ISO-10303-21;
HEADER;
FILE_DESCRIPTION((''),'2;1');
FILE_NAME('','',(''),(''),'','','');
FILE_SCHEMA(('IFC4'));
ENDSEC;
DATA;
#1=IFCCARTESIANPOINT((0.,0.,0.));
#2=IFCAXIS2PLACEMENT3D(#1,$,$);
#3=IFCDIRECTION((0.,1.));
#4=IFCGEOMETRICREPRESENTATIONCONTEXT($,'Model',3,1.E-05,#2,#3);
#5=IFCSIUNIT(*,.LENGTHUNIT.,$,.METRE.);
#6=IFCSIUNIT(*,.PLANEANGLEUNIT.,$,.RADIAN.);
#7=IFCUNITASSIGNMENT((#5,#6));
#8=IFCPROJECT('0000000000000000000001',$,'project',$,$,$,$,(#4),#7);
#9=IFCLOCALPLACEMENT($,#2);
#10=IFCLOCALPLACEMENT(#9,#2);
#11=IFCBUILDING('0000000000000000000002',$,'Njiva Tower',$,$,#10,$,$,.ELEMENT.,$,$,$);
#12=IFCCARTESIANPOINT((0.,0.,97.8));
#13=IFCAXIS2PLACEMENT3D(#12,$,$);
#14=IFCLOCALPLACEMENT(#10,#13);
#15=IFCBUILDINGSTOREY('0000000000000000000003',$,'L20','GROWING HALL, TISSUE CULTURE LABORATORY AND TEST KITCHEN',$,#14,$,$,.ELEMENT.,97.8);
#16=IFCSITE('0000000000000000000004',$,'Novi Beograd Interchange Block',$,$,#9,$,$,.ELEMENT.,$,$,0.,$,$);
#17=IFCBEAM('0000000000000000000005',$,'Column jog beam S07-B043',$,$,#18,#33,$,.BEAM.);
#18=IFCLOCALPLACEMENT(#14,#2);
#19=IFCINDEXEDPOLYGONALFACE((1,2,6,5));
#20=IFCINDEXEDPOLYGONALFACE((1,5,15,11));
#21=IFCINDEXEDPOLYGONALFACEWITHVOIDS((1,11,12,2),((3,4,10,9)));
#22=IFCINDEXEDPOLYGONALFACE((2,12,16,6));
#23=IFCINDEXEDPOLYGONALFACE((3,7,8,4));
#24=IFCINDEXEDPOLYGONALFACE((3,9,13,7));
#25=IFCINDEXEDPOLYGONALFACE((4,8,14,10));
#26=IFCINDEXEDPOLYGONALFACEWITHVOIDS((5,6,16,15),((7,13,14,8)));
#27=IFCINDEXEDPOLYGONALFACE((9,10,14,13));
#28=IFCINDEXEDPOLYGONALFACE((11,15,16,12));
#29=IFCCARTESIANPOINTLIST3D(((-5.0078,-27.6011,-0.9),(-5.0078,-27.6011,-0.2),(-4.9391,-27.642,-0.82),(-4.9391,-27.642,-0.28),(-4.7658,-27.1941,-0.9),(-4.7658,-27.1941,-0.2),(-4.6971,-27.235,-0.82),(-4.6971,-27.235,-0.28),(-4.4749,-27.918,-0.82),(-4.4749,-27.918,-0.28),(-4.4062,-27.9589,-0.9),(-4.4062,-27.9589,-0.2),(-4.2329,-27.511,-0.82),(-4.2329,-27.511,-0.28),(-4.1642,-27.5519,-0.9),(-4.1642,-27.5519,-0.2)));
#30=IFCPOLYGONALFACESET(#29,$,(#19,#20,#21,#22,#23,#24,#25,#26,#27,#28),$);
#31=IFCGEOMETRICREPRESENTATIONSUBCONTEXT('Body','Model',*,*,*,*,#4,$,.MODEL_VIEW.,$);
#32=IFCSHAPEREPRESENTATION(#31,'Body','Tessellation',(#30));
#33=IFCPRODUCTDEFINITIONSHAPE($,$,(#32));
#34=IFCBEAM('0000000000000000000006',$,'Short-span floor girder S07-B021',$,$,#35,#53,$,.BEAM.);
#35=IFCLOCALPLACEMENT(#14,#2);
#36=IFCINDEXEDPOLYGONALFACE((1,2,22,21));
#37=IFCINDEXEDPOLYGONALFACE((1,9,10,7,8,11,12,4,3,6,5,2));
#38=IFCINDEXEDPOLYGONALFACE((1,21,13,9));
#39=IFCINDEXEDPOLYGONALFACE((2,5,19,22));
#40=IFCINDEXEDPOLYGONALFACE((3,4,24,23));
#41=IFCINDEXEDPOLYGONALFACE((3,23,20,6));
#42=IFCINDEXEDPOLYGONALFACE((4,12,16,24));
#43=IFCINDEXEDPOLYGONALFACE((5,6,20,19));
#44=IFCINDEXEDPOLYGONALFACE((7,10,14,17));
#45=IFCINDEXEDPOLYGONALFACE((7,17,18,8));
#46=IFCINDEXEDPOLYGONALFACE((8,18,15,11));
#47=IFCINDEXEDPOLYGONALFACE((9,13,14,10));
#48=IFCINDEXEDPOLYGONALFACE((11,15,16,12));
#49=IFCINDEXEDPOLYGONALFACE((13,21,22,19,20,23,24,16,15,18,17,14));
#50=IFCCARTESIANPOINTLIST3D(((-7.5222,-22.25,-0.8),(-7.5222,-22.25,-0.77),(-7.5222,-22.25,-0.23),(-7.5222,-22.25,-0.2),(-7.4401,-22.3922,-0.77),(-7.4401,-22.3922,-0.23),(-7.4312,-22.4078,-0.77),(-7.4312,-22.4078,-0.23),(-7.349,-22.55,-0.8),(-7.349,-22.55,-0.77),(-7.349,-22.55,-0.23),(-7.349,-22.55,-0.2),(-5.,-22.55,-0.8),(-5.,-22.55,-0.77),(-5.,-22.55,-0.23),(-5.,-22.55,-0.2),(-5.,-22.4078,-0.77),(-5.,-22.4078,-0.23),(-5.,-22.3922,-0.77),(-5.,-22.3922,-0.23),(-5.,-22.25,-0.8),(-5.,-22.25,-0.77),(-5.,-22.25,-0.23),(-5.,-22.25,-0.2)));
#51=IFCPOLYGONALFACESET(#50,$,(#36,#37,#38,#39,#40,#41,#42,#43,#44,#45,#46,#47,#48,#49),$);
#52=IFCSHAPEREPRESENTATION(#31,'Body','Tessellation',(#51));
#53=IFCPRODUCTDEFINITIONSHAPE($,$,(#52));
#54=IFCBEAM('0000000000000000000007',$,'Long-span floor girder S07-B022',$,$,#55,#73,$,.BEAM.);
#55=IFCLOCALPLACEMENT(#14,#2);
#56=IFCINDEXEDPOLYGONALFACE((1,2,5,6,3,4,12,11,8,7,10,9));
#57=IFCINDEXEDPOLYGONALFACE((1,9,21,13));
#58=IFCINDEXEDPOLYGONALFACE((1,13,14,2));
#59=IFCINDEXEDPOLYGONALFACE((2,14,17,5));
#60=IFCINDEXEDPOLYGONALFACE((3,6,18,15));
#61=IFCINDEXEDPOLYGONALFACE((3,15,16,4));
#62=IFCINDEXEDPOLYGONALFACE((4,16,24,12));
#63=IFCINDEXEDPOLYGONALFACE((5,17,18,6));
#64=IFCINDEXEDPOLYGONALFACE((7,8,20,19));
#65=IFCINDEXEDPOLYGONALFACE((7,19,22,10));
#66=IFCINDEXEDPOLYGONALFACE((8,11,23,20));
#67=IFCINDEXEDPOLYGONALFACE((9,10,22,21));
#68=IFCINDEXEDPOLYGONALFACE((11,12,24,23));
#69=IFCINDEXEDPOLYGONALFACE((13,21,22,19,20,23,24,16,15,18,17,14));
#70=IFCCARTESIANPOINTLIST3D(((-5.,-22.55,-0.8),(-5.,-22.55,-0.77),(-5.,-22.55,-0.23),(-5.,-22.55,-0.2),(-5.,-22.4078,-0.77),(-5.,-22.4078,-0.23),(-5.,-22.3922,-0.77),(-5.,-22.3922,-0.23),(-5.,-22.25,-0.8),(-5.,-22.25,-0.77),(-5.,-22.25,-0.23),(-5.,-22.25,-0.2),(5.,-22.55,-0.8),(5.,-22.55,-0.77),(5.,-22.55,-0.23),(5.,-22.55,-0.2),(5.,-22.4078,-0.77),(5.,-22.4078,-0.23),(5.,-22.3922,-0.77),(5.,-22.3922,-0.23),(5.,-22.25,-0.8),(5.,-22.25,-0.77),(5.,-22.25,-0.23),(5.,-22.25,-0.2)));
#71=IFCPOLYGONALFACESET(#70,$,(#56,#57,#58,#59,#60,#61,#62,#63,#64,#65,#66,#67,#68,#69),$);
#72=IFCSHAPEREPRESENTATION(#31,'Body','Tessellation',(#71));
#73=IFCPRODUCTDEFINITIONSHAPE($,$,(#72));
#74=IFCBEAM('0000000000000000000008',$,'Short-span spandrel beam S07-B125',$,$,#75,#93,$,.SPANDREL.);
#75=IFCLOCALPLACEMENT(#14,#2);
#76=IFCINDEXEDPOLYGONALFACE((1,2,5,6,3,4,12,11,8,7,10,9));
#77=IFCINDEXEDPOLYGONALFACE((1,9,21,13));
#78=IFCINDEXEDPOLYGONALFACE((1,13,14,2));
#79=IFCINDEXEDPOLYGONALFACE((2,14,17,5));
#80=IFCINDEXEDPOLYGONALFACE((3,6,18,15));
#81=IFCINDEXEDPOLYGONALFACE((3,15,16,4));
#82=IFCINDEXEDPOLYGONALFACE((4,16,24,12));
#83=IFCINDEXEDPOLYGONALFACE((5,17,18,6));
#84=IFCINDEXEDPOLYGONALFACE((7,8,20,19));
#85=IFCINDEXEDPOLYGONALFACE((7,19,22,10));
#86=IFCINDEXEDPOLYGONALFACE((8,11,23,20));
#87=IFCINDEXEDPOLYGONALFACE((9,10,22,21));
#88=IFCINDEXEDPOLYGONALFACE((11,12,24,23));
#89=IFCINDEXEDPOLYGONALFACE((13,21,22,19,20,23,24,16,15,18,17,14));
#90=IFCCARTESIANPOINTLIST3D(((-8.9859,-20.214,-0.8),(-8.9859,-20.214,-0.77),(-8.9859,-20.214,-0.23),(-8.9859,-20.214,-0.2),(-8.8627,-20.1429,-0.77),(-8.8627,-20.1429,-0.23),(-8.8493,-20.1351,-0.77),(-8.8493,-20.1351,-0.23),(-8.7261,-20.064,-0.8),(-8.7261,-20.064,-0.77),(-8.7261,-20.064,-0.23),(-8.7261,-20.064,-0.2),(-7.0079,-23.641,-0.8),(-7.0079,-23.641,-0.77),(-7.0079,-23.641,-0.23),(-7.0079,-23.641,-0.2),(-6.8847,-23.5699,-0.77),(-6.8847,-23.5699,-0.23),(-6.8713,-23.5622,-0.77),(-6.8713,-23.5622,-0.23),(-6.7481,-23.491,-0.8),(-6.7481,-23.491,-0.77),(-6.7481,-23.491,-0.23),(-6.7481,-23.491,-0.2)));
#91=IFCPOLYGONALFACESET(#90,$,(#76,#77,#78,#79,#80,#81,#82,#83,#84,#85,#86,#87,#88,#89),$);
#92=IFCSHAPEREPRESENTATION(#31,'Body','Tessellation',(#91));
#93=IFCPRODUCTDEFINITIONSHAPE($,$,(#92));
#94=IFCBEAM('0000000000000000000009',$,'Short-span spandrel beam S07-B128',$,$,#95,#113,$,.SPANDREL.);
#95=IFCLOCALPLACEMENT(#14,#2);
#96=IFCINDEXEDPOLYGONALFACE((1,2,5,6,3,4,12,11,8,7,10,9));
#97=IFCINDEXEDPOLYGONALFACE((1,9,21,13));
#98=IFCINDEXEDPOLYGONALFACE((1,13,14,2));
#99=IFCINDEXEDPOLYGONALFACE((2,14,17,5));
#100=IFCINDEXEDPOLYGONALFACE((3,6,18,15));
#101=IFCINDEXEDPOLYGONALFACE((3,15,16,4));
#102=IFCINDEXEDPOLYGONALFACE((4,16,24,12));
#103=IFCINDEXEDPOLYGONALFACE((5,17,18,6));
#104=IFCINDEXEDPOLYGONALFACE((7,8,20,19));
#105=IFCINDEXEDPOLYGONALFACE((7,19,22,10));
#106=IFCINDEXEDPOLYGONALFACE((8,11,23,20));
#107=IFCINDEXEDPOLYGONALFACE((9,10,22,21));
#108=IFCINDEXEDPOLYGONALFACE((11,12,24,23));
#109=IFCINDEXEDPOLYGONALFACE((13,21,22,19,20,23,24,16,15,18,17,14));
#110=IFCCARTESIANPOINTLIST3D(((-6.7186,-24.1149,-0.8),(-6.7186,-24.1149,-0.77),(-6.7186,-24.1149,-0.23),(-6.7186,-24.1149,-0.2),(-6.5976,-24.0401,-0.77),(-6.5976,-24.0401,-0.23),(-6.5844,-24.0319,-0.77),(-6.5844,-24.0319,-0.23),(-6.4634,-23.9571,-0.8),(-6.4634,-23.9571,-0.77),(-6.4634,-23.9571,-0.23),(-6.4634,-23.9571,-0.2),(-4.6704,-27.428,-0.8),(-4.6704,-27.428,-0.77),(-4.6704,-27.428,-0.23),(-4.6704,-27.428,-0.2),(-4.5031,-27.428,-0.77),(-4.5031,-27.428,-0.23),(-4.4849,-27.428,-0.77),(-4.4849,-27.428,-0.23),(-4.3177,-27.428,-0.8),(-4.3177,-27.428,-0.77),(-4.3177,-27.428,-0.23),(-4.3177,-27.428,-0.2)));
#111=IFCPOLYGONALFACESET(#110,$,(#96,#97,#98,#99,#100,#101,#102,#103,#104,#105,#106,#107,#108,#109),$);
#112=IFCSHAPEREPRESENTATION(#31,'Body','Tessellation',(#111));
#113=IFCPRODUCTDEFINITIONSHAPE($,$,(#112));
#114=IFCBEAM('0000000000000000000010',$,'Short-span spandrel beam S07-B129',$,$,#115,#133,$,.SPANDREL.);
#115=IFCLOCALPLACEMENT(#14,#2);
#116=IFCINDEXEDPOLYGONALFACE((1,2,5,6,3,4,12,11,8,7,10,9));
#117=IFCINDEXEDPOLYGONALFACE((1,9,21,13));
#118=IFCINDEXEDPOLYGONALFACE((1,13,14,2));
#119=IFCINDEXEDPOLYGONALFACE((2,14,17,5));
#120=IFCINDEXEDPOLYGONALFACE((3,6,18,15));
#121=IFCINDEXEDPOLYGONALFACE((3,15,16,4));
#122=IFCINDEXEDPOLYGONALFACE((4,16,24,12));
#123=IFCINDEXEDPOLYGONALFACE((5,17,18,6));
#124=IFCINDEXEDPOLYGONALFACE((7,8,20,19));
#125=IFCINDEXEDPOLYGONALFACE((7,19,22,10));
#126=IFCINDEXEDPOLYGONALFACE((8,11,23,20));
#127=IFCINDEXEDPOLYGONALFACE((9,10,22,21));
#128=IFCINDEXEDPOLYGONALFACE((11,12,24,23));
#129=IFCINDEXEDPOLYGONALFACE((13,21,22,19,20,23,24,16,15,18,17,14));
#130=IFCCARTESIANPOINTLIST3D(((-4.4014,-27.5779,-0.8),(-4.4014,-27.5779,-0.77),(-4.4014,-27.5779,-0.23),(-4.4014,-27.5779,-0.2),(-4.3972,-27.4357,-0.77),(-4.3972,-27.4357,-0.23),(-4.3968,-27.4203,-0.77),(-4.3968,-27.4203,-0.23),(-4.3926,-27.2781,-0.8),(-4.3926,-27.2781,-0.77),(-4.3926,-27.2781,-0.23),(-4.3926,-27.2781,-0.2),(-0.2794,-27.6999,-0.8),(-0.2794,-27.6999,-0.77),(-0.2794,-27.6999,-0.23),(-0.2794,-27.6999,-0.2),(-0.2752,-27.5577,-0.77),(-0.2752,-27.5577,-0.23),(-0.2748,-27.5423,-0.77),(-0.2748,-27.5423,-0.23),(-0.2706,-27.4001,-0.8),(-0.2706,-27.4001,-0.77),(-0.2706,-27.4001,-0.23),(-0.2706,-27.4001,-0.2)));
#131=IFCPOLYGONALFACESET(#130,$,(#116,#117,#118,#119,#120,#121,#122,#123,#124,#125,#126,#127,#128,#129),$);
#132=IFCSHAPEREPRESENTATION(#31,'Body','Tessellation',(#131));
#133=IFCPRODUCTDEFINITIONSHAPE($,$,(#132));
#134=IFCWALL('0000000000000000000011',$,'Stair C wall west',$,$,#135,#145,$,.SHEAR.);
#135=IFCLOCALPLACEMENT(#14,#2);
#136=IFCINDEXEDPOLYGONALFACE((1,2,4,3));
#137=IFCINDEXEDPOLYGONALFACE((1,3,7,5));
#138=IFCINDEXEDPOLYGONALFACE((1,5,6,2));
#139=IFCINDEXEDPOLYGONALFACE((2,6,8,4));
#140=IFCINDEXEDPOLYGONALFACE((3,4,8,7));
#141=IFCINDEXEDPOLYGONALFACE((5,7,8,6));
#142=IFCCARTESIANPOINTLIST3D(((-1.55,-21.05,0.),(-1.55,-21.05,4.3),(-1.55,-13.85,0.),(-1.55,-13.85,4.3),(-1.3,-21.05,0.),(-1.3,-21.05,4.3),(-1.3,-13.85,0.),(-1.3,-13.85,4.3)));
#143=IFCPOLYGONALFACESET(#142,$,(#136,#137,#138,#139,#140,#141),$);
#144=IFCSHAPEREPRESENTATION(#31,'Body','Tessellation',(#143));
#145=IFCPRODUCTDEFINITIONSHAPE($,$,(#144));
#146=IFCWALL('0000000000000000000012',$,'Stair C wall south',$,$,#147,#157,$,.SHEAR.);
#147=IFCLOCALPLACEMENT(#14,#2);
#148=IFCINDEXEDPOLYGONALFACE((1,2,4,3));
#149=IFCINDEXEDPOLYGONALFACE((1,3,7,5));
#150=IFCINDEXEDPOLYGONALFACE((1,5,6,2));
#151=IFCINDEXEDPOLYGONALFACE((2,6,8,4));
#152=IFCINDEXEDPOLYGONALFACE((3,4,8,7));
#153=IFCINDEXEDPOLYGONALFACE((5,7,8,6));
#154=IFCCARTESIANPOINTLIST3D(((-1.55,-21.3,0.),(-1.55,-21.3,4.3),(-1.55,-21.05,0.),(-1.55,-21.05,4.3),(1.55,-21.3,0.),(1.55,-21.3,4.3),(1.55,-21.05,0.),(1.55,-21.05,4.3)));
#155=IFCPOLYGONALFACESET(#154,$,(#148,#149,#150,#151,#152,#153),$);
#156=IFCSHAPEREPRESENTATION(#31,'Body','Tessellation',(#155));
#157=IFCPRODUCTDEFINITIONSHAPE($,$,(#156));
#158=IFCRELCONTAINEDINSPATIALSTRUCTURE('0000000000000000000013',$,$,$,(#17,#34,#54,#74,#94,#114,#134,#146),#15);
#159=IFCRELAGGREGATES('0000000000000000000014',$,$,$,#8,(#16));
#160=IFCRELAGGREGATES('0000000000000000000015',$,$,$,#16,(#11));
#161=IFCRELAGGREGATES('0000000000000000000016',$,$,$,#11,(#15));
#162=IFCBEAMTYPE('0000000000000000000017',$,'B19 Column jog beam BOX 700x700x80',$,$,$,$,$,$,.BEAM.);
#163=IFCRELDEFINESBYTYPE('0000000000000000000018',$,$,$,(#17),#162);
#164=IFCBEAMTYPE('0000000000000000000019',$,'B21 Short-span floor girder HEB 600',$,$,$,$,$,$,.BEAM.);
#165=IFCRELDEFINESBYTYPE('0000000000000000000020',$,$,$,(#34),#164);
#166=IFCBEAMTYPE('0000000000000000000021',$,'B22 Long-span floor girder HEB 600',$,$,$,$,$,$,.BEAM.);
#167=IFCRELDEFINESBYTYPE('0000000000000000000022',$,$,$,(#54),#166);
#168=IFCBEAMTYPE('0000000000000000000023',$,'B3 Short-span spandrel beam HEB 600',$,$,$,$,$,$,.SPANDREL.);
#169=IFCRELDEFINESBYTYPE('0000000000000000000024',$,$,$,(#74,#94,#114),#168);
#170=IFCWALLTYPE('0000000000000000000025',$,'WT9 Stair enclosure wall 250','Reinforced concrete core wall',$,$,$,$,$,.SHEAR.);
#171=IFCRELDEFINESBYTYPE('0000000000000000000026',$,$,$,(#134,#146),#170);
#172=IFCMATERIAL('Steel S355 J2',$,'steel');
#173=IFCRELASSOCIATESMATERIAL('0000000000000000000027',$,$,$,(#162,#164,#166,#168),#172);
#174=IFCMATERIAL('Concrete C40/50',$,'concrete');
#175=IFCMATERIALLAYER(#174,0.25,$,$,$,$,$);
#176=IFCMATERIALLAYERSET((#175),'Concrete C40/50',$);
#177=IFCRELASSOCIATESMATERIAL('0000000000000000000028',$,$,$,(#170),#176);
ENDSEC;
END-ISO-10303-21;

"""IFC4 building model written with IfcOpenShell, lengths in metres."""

from ifc_helpers import new_model, si_unit, direction, frame, frame_2d, origin, origin_2d, place, context, subcontext, project, spatial, rectangle, hollow_rectangle, i_section, extrude, clip, halfspace, material, layer, layer_set, material_profile, profile_set, type_object, element, save


model = new_model("IFC4")

# Units and contexts
model_context = context("Model", 3, precision=1e-05, world=origin(), true_north=direction((0.0, 1.0)))
body_context = subcontext(model_context, "Body", "Model", "MODEL_VIEW")
ifc_project = project(units=[si_unit("LENGTHUNIT", "METRE"), si_unit("PLANEANGLEUNIT", "RADIAN")], contexts=[model_context])

# Site, building, storey
site_placement = place(None, origin())
site = spatial("IfcSite", under=ifc_project, at=site_placement, Name="Novi Beograd Interchange Block", CompositionType="ELEMENT", RefElevation=0.0)
building_placement = place(site_placement, origin())
building = spatial("IfcBuilding", under=site, at=building_placement, Name="Njiva Tower", CompositionType="ELEMENT")
storey_placement = place(building_placement, frame((0.0, 0.0, 97.8)))
storey = spatial("IfcBuildingStorey", under=building, at=storey_placement, Name="L20", Description="GROWING HALL, TISSUE CULTURE LABORATORY AND TEST KITCHEN", CompositionType="ELEMENT", Elevation=97.8)

# Shared definitions
ifc_material_1 = material(Name="Steel S355 J2", Category="steel")

# Beams
ifc_material_profile_1 = material_profile(ifc_material_1, hollow_rectangle(XDim=0.7, YDim=0.7, WallThickness=0.08, at=origin_2d()), Name="BOX 700x700x80")
ifc_profile_set_1 = profile_set([ifc_material_profile_1], Name="Steel S355 J2")
beam_type_1 = type_object("IfcBeamType", Name="B19 Column jog beam BOX 700x700x80", PredefinedType="BEAM", material=ifc_profile_set_1)
beam_1_placement = place(storey_placement, frame((-4.707, -27.78, -0.55), z_axis=(0.511075, 0.859536, 0.0), x_axis=(-0.859536, 0.511075, 0.0)))
element("IfcBeam", 1, at=beam_1_placement, inside=storey, type_object=beam_type_1, Name="Column jog beam S07-B043", PredefinedType="BEAM", context=body_context, shape_type="SweptSolid", body=[
    extrude(hollow_rectangle(XDim=0.7, YDim=0.7, WallThickness=0.08, at=origin_2d()), origin(), (0.0, 0.0, 1.0), 0.4735),
])
ifc_material_profile_2 = material_profile(ifc_material_1, i_section(OverallWidth=0.3, OverallDepth=0.6, WebThickness=0.0155, FlangeThickness=0.03, at=origin_2d()), Name="HEB 600")
ifc_profile_set_2 = profile_set([ifc_material_profile_2], Name="Steel S355 J2")
beam_type_2 = type_object("IfcBeamType", Name="B21 Short-span floor girder HEB 600", PredefinedType="BEAM", material=ifc_profile_set_2)
beam_2_placement = place(storey_placement, frame((-7.543, -22.4, -0.5), z_axis=(1.0, 0.0, 0.0), x_axis=(0.0, 1.0, 0.0)))
element("IfcBeam", 2, at=beam_2_placement, inside=storey, type_object=beam_type_2, Name="Short-span floor girder S07-B021", PredefinedType="BEAM", context=body_context, shape_type="Clipping", body=[
    clip(extrude(i_section(OverallWidth=0.3, OverallDepth=0.6, WebThickness=0.0155, FlangeThickness=0.03, at=origin_2d()), origin(), (0.0, 0.0, 1.0), 2.543), halfspace(frame((-0.025, 0.0, 0.1218), z_axis=(-0.499998, 0.0, -0.866027), x_axis=(0.0, -1.0, 0.0)), False)),
])
ifc_material_profile_3 = material_profile(ifc_material_1, i_section(OverallWidth=0.3, OverallDepth=0.6, WebThickness=0.0155, FlangeThickness=0.03, at=origin_2d()), Name="HEB 600")
ifc_profile_set_3 = profile_set([ifc_material_profile_3], Name="Steel S355 J2")
beam_type_3 = type_object("IfcBeamType", Name="B22 Long-span floor girder HEB 600", PredefinedType="BEAM", material=ifc_profile_set_3)
beam_3_placement = place(storey_placement, frame((-5.0, -22.4, -0.5), z_axis=(1.0, 0.0, 0.0), x_axis=(0.0, 1.0, 0.0)))
element("IfcBeam", 3, at=beam_3_placement, inside=storey, type_object=beam_type_3, Name="Long-span floor girder S07-B022", PredefinedType="BEAM", context=body_context, shape_type="SweptSolid", body=[
    extrude(i_section(OverallWidth=0.3, OverallDepth=0.6, WebThickness=0.0155, FlangeThickness=0.03, at=origin_2d()), origin(), (0.0, 0.0, 1.0), 10.0),
])
ifc_material_profile_4 = material_profile(ifc_material_1, i_section(OverallWidth=0.3, OverallDepth=0.6, WebThickness=0.0155, FlangeThickness=0.03, at=origin_2d()), Name="HEB 600")
ifc_profile_set_4 = profile_set([ifc_material_profile_4], Name="Steel S355 J2")
beam_type_4 = type_object("IfcBeamType", Name="B3 Short-span spandrel beam HEB 600", PredefinedType="SPANDREL", material=ifc_profile_set_4)
beam_4_placement = place(storey_placement, frame((-8.856, -20.139, -0.5), z_axis=(0.49989, -0.866089, 0.0), x_axis=(0.866089, 0.49989, 0.0)))
element("IfcBeam", 4, at=beam_4_placement, inside=storey, type_object=beam_type_4, Name="Short-span spandrel beam S07-B125", PredefinedType="SPANDREL", context=body_context, shape_type="SweptSolid", body=[
    extrude(i_section(OverallWidth=0.3, OverallDepth=0.6, WebThickness=0.0155, FlangeThickness=0.03, at=origin_2d()), origin(), (0.0, 0.0, 1.0), 3.9569),
])
beam_5_placement = place(storey_placement, frame((-6.591, -24.036, -0.5), z_axis=(0.525845, -0.85058, 0.0), x_axis=(0.85058, 0.525845, 0.0)))
element("IfcBeam", 5, at=beam_5_placement, inside=storey, type_object=beam_type_4, Name="Short-span spandrel beam S07-B128", PredefinedType="SPANDREL", context=body_context, shape_type="Clipping", body=[
    clip(extrude(i_section(OverallWidth=0.3, OverallDepth=0.6, WebThickness=0.0155, FlangeThickness=0.03, at=origin_2d()), origin(), (0.0, 0.0, 1.0), 4.1009), halfspace(frame((-0.0266, 0.0, 3.9714), z_axis=(-0.525845, 0.0, 0.85058), x_axis=(0.0, 1.0, 0.0)), False)),
])
beam_6_placement = place(storey_placement, frame((-4.397, -27.428, -0.5), z_axis=(0.999562, -0.029584, 0.0), x_axis=(0.029584, 0.999562, 0.0)))
element("IfcBeam", 6, at=beam_6_placement, inside=storey, type_object=beam_type_4, Name="Short-span spandrel beam S07-B129", PredefinedType="SPANDREL", context=body_context, shape_type="SweptSolid", body=[
    extrude(i_section(OverallWidth=0.3, OverallDepth=0.6, WebThickness=0.0155, FlangeThickness=0.03, at=origin_2d()), origin(), (0.0, 0.0, 1.0), 4.1238),
])

# Walls
ifc_material_2 = material(Name="Concrete C40/50", Category="concrete")
ifc_layer_1 = layer(ifc_material_2, 0.25)
ifc_layer_set_1 = layer_set([ifc_layer_1], Name="Concrete C40/50")
wall_type_1 = type_object("IfcWallType", Name="WT9 Stair enclosure wall 250", Description="Reinforced concrete core wall", PredefinedType="SHEAR", material=ifc_layer_set_1)
wall_1_placement = place(storey_placement, frame((-1.425, -21.05, 0.0), z_axis=(0.0, 0.0, 1.0), x_axis=(0.0, 1.0, 0.0)))
element("IfcWall", 7, at=wall_1_placement, inside=storey, type_object=wall_type_1, Name="Stair C wall west", PredefinedType="SHEAR", context=body_context, shape_type="SweptSolid", body=[
    extrude(rectangle(XDim=7.2, YDim=0.25, at=frame_2d((3.6, 0.0))), origin(), (0.0, 0.0, 1.0), 4.3),
])
wall_2_placement = place(storey_placement, frame((-1.55, -21.175, 0.0), z_axis=(0.0, 0.0, 1.0), x_axis=(1.0, 0.0, 0.0)))
element("IfcWall", 8, at=wall_2_placement, inside=storey, type_object=wall_type_1, Name="Stair C wall south", PredefinedType="SHEAR", context=body_context, shape_type="SweptSolid", body=[
    extrude(rectangle(XDim=3.1, YDim=0.25, at=frame_2d((1.55, 0.0))), origin(), (0.0, 0.0, 1.0), 4.3),
])

save(model, "model.ifc")
